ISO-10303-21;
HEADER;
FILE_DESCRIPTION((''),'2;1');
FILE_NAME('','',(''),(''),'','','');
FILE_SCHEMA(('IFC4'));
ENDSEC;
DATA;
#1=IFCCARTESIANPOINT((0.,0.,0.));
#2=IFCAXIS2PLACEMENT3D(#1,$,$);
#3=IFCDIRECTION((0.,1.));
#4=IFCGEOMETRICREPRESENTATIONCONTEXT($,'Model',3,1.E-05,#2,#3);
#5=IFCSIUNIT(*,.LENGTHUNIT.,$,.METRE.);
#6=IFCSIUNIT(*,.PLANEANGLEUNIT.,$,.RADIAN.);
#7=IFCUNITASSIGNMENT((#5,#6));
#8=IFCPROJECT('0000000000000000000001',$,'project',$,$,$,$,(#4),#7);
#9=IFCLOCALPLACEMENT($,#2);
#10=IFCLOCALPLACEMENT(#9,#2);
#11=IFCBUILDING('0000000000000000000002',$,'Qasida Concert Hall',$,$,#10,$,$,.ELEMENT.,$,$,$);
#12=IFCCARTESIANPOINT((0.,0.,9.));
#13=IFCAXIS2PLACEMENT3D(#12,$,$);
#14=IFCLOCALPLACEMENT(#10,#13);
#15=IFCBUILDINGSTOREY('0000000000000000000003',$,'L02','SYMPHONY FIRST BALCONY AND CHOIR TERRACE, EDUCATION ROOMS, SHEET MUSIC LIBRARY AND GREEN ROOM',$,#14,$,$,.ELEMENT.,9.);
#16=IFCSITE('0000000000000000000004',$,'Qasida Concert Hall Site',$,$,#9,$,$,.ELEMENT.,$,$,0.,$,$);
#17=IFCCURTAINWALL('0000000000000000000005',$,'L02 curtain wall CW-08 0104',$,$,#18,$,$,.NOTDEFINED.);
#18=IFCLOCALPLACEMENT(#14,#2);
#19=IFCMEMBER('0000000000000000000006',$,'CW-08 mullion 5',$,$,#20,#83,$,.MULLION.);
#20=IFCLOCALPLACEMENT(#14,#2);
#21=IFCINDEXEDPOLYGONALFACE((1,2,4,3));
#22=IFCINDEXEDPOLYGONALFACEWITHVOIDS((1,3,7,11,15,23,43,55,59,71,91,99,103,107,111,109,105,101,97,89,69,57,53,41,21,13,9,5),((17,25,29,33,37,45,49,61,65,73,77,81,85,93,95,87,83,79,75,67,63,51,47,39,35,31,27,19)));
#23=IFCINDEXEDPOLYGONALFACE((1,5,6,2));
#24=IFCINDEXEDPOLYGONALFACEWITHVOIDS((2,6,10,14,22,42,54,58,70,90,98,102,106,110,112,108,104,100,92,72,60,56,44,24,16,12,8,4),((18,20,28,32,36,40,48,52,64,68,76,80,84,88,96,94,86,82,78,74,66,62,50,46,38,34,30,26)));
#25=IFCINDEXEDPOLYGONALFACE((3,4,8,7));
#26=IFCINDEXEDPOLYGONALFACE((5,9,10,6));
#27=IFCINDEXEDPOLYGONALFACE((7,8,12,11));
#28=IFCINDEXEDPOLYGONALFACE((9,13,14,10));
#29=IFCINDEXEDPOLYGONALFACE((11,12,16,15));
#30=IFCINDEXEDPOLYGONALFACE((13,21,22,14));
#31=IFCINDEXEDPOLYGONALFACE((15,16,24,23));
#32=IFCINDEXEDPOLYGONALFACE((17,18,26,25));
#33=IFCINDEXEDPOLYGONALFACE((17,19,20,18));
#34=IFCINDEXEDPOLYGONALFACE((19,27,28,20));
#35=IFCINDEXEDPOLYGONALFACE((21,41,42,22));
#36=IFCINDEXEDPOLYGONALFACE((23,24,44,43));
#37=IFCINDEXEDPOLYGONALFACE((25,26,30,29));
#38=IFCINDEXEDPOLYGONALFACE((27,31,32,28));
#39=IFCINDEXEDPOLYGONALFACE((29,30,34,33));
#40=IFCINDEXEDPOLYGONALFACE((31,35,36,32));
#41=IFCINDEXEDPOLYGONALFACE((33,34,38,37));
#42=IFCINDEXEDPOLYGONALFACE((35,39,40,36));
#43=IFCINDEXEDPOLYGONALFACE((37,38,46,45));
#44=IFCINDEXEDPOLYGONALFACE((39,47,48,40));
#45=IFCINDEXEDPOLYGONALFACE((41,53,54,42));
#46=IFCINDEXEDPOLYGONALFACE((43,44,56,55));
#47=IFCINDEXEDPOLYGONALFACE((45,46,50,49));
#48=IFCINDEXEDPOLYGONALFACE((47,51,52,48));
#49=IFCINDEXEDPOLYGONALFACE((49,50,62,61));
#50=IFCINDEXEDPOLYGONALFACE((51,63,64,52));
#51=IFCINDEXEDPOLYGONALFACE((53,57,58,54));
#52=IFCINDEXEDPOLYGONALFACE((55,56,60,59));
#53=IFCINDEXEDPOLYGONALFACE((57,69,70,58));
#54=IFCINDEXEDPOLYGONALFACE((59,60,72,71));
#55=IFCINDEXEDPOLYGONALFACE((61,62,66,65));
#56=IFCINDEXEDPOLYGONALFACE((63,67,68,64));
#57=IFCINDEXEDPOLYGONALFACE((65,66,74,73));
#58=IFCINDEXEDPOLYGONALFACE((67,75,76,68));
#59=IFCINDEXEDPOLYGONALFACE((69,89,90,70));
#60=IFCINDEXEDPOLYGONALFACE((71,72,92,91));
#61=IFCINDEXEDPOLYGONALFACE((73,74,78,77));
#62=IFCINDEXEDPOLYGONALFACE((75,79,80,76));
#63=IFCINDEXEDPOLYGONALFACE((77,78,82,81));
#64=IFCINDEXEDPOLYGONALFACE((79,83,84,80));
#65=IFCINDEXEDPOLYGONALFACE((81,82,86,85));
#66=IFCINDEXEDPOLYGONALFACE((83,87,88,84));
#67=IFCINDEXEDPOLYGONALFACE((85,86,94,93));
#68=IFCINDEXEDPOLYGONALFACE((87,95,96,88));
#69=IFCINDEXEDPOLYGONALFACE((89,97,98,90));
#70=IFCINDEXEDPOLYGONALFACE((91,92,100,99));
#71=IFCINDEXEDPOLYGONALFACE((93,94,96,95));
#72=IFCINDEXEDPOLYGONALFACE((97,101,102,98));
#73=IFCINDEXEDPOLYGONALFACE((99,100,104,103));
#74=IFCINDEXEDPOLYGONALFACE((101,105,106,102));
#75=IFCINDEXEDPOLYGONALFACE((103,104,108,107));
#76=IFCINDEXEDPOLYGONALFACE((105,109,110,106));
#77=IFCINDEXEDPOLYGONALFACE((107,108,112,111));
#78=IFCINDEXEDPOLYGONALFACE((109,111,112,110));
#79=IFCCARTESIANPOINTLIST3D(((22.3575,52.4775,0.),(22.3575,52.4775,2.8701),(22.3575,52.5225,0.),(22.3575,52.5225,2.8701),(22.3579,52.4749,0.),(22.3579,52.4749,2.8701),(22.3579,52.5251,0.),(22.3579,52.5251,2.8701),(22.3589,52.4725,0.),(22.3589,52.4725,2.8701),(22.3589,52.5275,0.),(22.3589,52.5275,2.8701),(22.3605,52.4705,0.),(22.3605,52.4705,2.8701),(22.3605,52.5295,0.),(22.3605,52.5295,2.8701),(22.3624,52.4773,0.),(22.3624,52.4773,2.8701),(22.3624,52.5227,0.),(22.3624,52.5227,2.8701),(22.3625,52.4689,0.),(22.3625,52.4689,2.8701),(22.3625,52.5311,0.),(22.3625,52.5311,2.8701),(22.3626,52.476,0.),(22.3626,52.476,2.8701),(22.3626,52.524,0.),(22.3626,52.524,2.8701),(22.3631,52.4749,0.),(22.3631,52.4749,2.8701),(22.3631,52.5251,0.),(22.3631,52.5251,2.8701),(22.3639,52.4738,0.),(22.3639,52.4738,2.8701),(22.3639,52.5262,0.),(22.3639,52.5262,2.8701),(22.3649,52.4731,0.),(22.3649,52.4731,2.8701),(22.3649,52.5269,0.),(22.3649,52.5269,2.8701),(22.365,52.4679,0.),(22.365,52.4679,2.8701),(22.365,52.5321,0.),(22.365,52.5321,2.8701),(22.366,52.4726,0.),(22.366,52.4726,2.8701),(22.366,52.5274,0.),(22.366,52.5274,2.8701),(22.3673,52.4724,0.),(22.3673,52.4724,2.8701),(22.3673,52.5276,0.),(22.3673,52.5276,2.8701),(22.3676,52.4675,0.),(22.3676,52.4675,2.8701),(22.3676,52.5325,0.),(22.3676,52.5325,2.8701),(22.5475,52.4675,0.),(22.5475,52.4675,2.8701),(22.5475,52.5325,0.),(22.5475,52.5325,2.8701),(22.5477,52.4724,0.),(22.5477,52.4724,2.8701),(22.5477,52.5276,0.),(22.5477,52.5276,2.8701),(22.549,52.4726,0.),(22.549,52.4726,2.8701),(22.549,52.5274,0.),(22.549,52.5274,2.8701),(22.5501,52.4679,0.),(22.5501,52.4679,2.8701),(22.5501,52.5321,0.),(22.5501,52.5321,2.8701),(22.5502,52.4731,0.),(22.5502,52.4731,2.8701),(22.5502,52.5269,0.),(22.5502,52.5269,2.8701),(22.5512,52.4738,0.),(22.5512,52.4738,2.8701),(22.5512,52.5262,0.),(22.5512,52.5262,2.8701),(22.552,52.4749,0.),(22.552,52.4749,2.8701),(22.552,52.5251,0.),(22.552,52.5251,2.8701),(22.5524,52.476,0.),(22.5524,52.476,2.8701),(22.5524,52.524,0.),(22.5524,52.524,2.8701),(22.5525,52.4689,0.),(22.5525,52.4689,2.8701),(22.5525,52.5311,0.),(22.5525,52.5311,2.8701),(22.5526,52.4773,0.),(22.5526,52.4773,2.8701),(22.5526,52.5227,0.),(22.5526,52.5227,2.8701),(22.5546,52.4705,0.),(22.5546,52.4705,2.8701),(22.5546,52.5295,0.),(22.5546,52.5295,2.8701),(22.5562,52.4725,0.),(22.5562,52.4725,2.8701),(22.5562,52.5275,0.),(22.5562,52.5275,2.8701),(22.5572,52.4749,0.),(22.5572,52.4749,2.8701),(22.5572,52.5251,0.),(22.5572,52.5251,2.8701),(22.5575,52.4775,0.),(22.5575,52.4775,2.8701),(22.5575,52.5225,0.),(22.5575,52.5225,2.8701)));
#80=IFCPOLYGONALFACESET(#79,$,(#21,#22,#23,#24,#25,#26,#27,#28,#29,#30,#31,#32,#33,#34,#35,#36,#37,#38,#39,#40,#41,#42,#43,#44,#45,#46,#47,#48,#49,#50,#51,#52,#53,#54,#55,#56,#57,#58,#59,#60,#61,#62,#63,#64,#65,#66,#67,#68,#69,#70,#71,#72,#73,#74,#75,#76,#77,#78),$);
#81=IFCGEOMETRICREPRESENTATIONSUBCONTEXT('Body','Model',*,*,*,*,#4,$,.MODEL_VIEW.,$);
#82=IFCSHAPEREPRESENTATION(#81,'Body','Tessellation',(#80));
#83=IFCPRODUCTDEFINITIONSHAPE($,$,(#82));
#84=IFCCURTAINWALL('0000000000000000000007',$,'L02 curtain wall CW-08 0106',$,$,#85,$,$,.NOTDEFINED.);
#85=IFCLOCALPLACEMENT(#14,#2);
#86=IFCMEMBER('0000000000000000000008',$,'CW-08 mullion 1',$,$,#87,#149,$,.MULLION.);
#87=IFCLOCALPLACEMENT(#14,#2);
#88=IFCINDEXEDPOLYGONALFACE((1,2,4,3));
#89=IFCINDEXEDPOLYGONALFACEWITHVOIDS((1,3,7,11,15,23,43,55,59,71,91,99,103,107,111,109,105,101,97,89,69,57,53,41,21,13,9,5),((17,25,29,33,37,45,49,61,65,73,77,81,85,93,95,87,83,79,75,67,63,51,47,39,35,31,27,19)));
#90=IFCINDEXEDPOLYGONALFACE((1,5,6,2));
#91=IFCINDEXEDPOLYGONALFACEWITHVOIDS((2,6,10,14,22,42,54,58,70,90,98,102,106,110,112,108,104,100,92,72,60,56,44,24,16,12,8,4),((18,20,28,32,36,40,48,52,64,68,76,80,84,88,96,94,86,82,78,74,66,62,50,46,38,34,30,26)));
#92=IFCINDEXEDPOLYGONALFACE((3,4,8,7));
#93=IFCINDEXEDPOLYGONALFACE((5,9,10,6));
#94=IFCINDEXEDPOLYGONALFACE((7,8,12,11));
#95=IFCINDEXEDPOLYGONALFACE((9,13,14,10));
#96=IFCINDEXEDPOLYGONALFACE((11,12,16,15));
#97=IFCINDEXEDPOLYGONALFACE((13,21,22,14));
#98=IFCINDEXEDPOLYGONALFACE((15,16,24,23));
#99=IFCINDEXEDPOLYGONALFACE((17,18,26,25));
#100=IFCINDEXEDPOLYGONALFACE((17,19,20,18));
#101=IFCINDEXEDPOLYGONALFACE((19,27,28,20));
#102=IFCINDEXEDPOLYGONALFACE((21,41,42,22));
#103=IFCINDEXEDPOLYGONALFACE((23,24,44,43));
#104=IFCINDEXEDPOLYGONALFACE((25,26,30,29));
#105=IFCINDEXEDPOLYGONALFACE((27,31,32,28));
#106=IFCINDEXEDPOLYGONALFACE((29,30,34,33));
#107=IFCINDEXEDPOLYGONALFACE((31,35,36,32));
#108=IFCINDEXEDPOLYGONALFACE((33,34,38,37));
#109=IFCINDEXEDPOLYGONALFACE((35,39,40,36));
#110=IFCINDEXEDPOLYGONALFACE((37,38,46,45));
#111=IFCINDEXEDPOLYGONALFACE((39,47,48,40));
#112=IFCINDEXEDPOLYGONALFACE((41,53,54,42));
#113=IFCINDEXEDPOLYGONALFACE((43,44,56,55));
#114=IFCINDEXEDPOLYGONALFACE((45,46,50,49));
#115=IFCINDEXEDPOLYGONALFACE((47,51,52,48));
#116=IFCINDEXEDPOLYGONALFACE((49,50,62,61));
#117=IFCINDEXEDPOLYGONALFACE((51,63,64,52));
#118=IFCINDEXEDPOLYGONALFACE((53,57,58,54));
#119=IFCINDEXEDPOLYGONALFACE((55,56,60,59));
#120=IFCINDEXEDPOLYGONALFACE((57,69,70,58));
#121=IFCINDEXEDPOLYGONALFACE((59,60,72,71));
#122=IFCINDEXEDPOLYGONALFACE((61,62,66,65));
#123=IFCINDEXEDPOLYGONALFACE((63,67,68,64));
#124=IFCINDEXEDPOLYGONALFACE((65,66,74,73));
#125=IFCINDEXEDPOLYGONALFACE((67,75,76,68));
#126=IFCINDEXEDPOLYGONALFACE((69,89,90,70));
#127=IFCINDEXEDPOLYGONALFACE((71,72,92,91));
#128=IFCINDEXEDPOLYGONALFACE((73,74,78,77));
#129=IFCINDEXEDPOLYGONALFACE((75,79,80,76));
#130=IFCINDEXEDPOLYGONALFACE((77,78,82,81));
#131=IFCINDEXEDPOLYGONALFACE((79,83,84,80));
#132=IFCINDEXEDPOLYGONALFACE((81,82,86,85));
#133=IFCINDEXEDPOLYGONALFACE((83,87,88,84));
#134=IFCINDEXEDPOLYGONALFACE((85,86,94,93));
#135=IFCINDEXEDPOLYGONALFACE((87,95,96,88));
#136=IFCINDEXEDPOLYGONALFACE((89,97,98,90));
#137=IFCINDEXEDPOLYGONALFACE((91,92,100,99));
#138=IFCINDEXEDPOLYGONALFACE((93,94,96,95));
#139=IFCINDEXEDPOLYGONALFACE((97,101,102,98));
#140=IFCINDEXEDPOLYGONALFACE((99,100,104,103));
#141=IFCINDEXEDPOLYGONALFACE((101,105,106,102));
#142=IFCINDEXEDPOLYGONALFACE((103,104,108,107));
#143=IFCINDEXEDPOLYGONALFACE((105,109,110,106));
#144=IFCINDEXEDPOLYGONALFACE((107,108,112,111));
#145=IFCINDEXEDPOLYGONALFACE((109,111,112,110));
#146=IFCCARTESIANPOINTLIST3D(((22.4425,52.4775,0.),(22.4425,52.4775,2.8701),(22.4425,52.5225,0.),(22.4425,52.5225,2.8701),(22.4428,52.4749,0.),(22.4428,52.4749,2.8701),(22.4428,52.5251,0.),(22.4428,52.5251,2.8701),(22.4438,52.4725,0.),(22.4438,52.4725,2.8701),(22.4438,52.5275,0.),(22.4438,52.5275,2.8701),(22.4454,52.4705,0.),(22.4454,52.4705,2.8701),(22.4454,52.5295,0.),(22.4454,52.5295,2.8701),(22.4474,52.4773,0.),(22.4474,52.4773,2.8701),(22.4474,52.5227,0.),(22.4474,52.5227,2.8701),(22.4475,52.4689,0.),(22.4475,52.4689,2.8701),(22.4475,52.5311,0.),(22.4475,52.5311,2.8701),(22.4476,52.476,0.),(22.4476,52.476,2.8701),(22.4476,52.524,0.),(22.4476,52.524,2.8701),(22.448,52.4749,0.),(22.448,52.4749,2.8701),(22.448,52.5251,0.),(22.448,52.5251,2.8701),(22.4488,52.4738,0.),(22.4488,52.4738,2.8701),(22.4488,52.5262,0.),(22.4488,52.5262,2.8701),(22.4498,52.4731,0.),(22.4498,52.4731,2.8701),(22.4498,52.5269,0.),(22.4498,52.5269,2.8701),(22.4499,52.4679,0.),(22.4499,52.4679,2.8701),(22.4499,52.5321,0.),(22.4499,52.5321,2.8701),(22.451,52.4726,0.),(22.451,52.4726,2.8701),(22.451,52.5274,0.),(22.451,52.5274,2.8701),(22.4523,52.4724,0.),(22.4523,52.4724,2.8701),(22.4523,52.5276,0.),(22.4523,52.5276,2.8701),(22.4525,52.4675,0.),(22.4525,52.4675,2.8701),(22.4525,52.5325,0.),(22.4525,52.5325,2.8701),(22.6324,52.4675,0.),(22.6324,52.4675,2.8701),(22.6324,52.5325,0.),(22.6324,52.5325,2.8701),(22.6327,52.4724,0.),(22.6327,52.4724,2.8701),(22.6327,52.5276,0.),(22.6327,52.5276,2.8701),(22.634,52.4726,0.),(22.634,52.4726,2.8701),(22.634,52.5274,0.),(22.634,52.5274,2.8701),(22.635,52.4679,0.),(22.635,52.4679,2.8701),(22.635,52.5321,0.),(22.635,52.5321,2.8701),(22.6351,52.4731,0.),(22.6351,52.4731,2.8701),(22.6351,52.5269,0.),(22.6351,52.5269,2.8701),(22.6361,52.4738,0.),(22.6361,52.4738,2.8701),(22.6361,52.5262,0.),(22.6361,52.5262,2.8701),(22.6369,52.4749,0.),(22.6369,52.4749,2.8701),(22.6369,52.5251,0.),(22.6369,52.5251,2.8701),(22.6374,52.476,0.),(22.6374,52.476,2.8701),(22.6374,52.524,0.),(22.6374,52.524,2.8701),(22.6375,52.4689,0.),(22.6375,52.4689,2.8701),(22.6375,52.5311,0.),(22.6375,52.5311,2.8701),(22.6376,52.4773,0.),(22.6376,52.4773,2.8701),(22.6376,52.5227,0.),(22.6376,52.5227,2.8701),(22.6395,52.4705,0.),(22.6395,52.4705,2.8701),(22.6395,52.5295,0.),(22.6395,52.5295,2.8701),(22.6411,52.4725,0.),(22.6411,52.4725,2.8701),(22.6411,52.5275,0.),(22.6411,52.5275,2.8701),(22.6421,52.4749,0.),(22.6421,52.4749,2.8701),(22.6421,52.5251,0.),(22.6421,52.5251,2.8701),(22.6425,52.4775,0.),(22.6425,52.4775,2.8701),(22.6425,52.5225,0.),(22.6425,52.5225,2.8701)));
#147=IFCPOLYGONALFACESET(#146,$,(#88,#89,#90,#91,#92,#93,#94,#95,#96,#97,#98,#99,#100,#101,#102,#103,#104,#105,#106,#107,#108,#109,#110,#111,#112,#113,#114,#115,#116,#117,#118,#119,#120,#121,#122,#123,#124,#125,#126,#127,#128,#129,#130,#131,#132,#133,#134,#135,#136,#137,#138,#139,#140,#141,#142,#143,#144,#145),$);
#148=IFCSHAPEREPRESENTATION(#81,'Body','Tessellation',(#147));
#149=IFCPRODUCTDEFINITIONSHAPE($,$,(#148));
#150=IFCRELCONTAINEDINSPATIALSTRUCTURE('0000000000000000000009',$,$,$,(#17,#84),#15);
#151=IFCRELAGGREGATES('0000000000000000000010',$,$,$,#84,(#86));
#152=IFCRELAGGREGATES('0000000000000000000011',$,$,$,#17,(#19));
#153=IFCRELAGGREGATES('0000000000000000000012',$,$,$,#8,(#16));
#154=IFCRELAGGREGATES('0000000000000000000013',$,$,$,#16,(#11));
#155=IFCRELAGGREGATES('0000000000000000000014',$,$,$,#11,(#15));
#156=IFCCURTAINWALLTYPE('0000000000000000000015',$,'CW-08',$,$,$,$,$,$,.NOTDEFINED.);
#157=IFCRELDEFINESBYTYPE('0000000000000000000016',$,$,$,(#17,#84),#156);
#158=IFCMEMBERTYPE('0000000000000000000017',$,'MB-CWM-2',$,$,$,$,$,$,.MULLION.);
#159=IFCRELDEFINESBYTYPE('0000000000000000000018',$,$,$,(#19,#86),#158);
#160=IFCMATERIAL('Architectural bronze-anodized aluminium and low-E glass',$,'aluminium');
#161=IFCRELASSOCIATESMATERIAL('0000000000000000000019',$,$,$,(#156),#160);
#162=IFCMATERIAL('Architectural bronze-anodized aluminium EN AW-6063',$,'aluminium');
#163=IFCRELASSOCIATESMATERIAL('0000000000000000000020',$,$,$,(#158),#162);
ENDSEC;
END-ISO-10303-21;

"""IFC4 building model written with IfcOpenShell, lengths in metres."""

from ifc_helpers import new_model, si_unit, direction, frame, origin, origin_2d, place, context, subcontext, project, spatial, hollow_rectangle, extrude, material, material_profile, profile_set, type_object, element, aggregate, save


model = new_model("IFC4")

# Units and contexts
model_context = context("Model", 3, precision=1e-05, world=origin(), true_north=direction((0.0, 1.0)))
body_context = subcontext(model_context, "Body", "Model", "MODEL_VIEW")
ifc_project = project(units=[si_unit("LENGTHUNIT", "METRE"), si_unit("PLANEANGLEUNIT", "RADIAN")], contexts=[model_context])

# Site, building, storey
site_placement = place(None, origin())
site = spatial("IfcSite", under=ifc_project, at=site_placement, Name="Qasida Concert Hall Site", CompositionType="ELEMENT", RefElevation=0.0)
building_placement = place(site_placement, origin())
building = spatial("IfcBuilding", under=site, at=building_placement, Name="Qasida Concert Hall", CompositionType="ELEMENT")
storey_placement = place(building_placement, frame((0.0, 0.0, 9.0)))
storey = spatial("IfcBuildingStorey", under=building, at=storey_placement, Name="L02", Description="SYMPHONY FIRST BALCONY AND CHOIR TERRACE, EDUCATION ROOMS, SHEET MUSIC LIBRARY AND GREEN ROOM", CompositionType="ELEMENT", Elevation=9.0)

# Curtain wall, member
ifc_material_1 = material(Name="Architectural bronze-anodized aluminium and low-E glass", Category="aluminium")
curtain_wall_type = type_object("IfcCurtainWallType", Name="CW-08", PredefinedType="NOTDEFINED", material=ifc_material_1)
curtain_wall_1_placement = place(storey_placement, origin())
curtain_wall_1 = element("IfcCurtainWall", 1, at=curtain_wall_1_placement, inside=storey, type_object=curtain_wall_type, Name="L02 curtain wall CW-08 0104", PredefinedType="NOTDEFINED")
ifc_material_2 = material(Name="Architectural bronze-anodized aluminium EN AW-6063", Category="aluminium")
ifc_material_profile_1 = material_profile(ifc_material_2, hollow_rectangle(XDim=0.0649, YDim=0.2, WallThickness=0.0049, InnerFilletRadius=0.0049, OuterFilletRadius=0.01, at=origin_2d()), Name="CWM 200x65x5")
ifc_profile_set_1 = profile_set([ifc_material_profile_1], Name="Architectural bronze-anodized aluminium EN AW-6063")
member_type_1 = type_object("IfcMemberType", Name="MB-CWM-2", PredefinedType="MULLION", material=ifc_profile_set_1)
member_1_placement = place(storey_placement, frame((22.4575, 52.5, 0.0), z_axis=(0.0, 0.0, 1.0), x_axis=(0.0, 1.0, 0.0)))
member_1 = element("IfcMember", 2, at=member_1_placement, type_object=member_type_1, Name="CW-08 mullion 5", PredefinedType="MULLION", context=body_context, shape_type="SweptSolid", body=[
    extrude(hollow_rectangle(XDim=0.0649, YDim=0.2, WallThickness=0.0049, InnerFilletRadius=0.0049, OuterFilletRadius=0.01, at=origin_2d()), origin(), (0.0, 0.0, 1.0), 2.8701),
])

# Curtain wall, member
curtain_wall_2_placement = place(storey_placement, origin())
curtain_wall_2 = element("IfcCurtainWall", 3, at=curtain_wall_2_placement, inside=storey, type_object=curtain_wall_type, Name="L02 curtain wall CW-08 0106", PredefinedType="NOTDEFINED")
member_2_placement = place(storey_placement, frame((22.5425, 52.5, 0.0), z_axis=(0.0, 0.0, 1.0), x_axis=(0.0, 1.0, 0.0)))
member_2 = element("IfcMember", 4, at=member_2_placement, type_object=member_type_1, Name="CW-08 mullion 1", PredefinedType="MULLION", context=body_context, shape_type="SweptSolid", body=[
    extrude(hollow_rectangle(XDim=0.0649, YDim=0.2, WallThickness=0.0049, InnerFilletRadius=0.0049, OuterFilletRadius=0.01, at=origin_2d()), origin(), (0.0, 0.0, 1.0), 2.8701),
])

aggregate(curtain_wall_2, [member_2])

aggregate(curtain_wall_1, [member_1])

save(model, "model.ifc")
